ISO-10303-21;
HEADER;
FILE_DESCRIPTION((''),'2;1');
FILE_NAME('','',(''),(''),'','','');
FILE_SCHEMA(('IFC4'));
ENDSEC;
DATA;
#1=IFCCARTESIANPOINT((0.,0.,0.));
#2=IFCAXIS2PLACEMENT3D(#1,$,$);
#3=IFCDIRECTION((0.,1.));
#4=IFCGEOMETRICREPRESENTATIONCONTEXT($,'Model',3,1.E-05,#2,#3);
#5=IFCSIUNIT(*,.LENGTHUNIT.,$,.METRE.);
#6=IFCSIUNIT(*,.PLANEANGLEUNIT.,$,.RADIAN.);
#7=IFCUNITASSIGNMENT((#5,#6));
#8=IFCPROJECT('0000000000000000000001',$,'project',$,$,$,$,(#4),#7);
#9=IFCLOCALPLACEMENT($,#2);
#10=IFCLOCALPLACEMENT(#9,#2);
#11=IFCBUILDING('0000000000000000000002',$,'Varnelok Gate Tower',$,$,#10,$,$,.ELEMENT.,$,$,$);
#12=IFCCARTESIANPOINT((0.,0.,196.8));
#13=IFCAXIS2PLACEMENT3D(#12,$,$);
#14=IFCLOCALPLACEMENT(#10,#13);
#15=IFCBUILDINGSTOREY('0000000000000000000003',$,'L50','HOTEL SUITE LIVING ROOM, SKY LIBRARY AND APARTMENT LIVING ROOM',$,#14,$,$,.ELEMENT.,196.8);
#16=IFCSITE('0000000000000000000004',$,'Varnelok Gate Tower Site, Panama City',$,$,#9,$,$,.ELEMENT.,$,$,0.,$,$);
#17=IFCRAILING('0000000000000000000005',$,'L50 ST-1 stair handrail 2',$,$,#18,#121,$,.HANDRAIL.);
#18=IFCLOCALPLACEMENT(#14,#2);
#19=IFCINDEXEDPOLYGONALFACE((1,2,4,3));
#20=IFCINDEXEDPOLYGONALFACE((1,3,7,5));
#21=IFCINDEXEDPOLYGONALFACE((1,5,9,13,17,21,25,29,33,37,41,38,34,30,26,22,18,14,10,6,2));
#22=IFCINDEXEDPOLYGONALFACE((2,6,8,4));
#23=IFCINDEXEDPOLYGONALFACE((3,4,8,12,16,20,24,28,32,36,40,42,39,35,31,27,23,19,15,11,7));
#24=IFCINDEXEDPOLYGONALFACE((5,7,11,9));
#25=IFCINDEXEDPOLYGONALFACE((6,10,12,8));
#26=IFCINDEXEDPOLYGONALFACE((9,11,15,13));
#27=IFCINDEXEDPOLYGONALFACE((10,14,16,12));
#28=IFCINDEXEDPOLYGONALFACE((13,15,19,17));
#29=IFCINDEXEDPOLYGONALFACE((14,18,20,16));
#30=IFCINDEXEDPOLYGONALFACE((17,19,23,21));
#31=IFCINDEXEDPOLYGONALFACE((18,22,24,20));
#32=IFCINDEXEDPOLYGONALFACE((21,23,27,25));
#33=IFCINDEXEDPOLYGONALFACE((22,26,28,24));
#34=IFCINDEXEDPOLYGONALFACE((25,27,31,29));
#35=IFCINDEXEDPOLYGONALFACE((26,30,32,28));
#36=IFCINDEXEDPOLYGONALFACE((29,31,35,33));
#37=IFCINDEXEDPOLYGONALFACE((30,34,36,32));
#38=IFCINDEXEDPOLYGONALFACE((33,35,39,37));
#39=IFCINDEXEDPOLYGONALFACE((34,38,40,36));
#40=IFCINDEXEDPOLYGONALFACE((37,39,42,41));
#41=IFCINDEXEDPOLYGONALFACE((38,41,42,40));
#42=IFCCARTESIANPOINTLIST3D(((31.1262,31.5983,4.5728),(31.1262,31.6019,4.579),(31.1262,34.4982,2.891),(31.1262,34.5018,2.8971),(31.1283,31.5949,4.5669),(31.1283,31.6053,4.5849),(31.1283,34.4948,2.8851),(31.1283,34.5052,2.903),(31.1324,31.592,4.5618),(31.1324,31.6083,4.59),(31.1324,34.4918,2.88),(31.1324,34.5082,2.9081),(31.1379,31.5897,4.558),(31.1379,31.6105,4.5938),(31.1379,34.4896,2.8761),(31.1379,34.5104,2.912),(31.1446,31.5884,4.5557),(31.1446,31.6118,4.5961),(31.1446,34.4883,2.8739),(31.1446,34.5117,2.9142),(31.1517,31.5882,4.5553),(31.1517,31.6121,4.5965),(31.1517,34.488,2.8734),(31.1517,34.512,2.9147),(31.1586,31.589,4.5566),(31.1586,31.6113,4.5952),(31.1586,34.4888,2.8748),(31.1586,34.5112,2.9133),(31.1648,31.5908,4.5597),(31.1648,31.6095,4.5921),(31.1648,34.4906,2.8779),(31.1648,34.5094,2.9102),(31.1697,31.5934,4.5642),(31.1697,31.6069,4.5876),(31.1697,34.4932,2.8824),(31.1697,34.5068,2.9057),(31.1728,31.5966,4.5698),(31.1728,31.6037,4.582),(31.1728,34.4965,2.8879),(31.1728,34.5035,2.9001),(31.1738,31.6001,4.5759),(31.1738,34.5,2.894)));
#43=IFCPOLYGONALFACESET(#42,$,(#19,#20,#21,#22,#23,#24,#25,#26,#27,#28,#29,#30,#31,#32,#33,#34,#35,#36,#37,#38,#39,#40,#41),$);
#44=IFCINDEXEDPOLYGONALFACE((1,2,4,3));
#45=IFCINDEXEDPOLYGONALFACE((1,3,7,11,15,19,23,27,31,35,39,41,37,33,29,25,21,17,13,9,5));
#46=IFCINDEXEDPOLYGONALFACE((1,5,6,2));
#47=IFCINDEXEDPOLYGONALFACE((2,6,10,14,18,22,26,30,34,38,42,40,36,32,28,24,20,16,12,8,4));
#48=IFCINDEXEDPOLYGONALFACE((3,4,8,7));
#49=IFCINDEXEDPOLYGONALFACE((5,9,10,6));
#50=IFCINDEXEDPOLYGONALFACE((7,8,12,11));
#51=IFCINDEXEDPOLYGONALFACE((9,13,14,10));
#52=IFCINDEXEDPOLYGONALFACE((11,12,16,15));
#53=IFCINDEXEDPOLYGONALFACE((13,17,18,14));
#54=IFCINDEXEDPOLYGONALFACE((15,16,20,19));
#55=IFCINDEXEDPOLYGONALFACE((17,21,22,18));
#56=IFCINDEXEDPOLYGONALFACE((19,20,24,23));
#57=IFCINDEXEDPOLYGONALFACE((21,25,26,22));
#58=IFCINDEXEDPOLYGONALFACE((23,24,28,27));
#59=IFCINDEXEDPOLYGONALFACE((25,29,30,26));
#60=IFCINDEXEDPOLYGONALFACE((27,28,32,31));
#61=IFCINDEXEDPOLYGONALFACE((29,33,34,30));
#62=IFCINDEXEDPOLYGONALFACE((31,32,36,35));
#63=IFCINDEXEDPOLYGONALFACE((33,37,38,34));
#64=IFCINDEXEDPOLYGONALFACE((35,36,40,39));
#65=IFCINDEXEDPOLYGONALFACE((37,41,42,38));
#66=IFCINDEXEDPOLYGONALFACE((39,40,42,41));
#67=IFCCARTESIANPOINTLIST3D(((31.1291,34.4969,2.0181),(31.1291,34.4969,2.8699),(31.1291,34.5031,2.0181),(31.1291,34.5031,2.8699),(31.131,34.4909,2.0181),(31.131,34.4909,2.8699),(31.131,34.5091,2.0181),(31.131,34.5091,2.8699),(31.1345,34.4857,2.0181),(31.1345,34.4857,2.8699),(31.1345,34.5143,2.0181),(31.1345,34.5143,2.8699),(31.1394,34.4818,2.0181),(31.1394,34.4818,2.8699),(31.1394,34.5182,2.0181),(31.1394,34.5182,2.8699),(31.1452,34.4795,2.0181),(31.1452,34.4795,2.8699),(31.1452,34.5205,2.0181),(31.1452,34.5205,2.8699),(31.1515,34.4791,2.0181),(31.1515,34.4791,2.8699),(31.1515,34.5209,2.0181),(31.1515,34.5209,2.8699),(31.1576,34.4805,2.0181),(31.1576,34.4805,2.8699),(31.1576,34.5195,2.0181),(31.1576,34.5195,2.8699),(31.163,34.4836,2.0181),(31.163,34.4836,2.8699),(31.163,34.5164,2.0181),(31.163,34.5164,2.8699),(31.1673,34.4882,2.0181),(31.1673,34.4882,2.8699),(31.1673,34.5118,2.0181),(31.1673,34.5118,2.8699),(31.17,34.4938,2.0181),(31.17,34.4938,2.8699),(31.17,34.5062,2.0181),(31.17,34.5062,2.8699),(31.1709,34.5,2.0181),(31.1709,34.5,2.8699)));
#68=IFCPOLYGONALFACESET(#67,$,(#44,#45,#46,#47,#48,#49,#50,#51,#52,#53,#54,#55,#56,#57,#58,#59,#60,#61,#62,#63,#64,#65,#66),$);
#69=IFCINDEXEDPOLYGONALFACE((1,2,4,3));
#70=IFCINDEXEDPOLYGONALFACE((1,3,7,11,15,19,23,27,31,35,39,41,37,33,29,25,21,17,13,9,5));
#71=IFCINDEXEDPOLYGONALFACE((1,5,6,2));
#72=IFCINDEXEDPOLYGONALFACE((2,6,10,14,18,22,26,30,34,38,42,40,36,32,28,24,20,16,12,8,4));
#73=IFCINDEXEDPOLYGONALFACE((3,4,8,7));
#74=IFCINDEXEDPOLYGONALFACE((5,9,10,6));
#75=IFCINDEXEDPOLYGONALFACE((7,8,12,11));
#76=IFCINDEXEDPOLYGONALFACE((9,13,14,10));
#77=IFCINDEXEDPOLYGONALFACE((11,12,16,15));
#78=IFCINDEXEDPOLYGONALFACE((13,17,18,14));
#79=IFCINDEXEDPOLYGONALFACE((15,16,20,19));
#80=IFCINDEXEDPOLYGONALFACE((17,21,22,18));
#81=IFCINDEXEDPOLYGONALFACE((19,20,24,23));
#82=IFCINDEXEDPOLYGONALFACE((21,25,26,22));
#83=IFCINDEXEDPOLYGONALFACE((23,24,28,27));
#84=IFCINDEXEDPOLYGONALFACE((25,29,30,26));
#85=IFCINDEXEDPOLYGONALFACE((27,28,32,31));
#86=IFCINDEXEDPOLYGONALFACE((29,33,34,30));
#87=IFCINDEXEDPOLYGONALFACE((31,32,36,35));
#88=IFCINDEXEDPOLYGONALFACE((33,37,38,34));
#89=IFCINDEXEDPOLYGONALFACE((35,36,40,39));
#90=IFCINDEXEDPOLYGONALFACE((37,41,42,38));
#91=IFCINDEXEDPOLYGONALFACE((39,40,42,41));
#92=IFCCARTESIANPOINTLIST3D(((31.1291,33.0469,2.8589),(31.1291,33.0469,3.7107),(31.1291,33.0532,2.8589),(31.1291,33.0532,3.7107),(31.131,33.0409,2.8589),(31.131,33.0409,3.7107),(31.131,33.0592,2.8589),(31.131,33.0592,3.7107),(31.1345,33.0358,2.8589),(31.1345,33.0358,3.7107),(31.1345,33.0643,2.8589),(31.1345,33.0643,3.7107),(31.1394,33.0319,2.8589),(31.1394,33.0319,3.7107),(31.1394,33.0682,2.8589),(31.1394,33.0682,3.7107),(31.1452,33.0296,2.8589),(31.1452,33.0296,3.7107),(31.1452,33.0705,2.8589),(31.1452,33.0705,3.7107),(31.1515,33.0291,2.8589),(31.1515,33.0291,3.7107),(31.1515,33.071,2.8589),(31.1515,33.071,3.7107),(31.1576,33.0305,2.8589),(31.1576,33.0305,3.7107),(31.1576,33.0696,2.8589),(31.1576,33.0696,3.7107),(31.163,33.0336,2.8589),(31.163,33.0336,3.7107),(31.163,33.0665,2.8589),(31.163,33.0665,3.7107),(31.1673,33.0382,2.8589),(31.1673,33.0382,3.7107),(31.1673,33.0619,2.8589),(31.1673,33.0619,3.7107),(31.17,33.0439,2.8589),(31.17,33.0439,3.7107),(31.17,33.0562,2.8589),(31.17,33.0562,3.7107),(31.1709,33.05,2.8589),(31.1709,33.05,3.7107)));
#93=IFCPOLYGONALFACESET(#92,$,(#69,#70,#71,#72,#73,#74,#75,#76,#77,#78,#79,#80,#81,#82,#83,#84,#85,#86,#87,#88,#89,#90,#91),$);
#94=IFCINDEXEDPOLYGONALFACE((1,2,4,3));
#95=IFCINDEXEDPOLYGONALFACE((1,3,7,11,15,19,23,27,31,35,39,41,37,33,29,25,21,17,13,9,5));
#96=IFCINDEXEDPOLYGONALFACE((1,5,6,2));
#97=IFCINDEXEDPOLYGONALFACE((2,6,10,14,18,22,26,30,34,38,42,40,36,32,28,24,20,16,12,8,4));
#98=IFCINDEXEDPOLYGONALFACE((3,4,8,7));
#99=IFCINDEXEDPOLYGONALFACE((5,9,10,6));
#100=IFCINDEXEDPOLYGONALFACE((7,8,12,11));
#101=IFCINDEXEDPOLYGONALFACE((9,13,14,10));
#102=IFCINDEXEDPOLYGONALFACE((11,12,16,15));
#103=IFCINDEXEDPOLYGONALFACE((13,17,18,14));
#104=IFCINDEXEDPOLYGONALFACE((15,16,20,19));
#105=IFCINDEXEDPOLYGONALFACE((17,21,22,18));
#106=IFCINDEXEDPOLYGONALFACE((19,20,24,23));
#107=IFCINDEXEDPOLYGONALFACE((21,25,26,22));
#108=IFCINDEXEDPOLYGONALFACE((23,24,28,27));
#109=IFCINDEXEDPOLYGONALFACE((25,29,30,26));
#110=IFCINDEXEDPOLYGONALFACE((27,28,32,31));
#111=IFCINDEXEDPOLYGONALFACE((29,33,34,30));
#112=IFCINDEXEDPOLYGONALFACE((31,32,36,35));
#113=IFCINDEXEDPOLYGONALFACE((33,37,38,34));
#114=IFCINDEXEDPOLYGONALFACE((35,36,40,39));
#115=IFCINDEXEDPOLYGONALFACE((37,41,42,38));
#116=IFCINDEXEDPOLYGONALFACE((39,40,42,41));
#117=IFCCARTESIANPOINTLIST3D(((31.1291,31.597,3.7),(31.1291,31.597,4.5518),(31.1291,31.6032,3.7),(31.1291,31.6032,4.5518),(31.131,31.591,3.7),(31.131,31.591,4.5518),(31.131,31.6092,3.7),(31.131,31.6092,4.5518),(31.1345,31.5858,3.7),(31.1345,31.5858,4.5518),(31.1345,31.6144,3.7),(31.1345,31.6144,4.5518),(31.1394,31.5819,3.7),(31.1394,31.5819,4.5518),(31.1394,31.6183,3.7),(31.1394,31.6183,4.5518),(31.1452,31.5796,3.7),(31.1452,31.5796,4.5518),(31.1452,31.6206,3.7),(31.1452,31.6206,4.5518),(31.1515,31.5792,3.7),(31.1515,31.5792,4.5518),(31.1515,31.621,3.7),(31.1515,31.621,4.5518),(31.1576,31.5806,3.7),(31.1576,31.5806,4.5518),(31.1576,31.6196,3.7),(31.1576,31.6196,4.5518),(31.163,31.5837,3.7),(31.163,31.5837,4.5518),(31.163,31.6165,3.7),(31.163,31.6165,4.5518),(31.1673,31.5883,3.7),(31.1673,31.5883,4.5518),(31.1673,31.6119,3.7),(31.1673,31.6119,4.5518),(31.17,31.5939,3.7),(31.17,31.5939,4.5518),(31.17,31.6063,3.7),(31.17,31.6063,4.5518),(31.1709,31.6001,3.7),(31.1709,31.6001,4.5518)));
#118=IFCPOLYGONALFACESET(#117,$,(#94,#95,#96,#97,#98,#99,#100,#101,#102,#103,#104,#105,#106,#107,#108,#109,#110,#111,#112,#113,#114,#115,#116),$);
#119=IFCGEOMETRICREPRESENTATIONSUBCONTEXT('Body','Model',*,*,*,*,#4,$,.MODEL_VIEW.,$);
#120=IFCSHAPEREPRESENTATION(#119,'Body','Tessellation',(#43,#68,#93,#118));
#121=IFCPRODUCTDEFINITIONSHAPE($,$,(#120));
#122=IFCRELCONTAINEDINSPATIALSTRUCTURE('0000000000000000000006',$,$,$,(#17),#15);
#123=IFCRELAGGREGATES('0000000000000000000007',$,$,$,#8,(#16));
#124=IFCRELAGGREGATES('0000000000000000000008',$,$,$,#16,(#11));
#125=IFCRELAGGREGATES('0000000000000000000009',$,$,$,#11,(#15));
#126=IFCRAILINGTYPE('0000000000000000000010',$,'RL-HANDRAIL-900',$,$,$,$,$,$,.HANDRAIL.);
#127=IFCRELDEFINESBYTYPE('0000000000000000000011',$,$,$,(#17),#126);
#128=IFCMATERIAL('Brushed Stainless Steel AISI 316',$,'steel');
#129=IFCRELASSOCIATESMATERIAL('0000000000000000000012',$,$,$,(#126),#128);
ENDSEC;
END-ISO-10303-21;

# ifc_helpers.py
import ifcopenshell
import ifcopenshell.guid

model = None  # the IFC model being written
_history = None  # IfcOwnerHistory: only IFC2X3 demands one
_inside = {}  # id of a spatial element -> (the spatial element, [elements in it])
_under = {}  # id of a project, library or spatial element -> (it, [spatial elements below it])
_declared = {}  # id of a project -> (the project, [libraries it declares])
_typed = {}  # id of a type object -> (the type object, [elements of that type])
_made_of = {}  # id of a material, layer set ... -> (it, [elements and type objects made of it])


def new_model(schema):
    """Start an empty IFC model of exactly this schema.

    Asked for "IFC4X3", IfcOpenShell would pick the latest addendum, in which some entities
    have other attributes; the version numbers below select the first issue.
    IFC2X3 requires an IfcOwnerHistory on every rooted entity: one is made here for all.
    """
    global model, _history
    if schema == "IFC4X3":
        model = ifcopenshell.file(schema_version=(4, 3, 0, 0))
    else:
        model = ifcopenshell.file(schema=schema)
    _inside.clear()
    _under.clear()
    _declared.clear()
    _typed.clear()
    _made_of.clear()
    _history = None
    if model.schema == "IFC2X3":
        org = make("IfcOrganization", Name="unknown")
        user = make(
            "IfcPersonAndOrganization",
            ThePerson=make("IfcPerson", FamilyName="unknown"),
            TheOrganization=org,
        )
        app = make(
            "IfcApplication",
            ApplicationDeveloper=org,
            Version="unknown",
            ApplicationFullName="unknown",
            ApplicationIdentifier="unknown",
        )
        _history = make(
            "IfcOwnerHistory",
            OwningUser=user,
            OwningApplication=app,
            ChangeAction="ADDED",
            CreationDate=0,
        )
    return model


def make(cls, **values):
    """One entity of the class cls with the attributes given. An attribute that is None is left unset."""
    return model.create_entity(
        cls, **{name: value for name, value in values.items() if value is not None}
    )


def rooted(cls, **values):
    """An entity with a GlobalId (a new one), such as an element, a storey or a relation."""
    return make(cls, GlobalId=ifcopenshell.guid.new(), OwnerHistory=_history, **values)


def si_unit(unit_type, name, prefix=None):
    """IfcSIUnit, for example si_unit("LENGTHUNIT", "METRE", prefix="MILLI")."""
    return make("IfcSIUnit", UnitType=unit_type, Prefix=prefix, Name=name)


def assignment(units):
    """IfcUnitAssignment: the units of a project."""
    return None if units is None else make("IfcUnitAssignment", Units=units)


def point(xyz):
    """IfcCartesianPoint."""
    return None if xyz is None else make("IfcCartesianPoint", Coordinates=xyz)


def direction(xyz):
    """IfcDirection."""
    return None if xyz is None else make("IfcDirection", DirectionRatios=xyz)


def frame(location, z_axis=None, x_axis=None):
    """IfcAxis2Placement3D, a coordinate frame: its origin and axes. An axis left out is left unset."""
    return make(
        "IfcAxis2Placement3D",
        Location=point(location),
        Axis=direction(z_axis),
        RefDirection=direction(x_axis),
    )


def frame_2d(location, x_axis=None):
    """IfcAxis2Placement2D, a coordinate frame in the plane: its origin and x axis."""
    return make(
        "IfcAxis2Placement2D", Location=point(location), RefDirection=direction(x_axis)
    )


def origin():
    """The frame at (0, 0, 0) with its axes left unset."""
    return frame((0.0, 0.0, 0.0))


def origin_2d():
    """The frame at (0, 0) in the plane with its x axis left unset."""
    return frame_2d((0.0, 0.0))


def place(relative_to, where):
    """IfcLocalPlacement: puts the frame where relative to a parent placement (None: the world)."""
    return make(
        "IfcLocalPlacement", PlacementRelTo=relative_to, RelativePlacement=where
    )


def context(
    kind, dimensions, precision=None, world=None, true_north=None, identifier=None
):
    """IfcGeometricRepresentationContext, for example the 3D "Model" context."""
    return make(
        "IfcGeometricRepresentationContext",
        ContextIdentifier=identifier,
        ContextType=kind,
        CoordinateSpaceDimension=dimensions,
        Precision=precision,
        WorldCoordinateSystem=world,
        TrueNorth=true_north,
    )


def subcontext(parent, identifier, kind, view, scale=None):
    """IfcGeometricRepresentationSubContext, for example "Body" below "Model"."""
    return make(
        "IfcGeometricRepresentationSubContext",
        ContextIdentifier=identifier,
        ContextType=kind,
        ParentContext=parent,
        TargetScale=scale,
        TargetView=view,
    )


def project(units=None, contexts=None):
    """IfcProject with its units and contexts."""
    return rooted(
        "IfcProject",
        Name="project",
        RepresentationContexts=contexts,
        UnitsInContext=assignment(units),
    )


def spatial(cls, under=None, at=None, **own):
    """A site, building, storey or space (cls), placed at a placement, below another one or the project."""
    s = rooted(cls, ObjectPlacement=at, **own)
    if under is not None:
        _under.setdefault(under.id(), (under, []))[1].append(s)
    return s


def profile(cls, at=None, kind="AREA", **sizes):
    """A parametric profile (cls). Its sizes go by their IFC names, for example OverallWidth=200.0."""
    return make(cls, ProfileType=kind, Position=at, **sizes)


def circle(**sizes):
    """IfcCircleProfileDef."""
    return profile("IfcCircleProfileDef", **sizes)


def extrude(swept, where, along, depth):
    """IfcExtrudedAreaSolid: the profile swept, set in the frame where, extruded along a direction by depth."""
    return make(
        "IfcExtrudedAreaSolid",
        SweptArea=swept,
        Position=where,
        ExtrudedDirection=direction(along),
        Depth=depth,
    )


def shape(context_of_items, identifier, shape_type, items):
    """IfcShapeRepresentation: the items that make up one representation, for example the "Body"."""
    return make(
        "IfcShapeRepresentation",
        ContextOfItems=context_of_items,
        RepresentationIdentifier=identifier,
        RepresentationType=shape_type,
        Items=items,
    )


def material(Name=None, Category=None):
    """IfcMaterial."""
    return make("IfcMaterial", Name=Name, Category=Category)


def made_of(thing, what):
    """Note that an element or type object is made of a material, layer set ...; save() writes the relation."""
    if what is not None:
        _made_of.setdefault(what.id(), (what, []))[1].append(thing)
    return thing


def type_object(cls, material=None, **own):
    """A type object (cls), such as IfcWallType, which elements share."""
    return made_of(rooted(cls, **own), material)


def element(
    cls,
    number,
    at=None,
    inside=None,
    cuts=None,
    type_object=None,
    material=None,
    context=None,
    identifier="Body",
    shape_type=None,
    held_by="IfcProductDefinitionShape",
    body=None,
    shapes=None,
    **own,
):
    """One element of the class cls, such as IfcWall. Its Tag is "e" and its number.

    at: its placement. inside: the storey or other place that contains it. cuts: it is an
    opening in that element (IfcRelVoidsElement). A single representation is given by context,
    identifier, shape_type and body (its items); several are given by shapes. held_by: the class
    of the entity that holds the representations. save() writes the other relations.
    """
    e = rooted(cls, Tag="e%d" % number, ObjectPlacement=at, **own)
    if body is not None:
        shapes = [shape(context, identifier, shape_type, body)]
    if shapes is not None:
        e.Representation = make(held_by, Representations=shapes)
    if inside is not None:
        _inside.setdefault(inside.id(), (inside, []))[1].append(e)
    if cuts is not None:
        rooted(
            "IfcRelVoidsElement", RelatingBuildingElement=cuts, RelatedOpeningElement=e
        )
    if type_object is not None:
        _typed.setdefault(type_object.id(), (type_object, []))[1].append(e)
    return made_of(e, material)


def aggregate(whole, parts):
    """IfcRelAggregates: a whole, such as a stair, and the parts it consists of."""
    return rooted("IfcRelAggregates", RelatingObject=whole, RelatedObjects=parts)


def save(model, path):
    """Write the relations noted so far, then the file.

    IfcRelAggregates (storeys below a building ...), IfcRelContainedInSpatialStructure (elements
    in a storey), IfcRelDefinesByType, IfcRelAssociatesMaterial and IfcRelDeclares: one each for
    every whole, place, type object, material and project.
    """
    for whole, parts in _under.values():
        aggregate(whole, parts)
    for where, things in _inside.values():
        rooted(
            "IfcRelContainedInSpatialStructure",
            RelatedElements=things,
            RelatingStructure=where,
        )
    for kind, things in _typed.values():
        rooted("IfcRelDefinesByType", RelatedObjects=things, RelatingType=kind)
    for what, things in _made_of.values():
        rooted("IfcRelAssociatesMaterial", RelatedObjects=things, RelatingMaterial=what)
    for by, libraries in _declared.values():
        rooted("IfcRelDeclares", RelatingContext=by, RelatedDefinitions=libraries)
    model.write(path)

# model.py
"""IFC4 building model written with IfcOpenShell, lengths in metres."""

from ifc_helpers import new_model, si_unit, direction, frame, origin, origin_2d, place, context, subcontext, project, spatial, circle, extrude, material, type_object, element, save


model = new_model("IFC4")

# Units and contexts
model_context = context("Model", 3, precision=1e-05, world=origin(), true_north=direction((0.0, 1.0)))
body_context = subcontext(model_context, "Body", "Model", "MODEL_VIEW")
ifc_project = project(units=[si_unit("LENGTHUNIT", "METRE"), si_unit("PLANEANGLEUNIT", "RADIAN")], contexts=[model_context])

# Site, building, storey
site_placement = place(None, origin())
site = spatial("IfcSite", under=ifc_project, at=site_placement, Name="Varnelok Gate Tower Site, Panama City", CompositionType="ELEMENT", RefElevation=0.0)
building_placement = place(site_placement, origin())
building = spatial("IfcBuilding", under=site, at=building_placement, Name="Varnelok Gate Tower", CompositionType="ELEMENT")
storey_placement = place(building_placement, frame((0.0, 0.0, 196.8)))
storey = spatial("IfcBuildingStorey", under=building, at=storey_placement, Name="L50", Description="HOTEL SUITE LIVING ROOM, SKY LIBRARY AND APARTMENT LIVING ROOM", CompositionType="ELEMENT", Elevation=196.8)

# Railing
ifc_material_1 = material(Name="Brushed Stainless Steel AISI 316", Category="steel")
railing_type_1 = type_object("IfcRailingType", Name="RL-HANDRAIL-900", PredefinedType="HANDRAIL", material=ifc_material_1)
railing_1_placement = place(storey_placement, frame((31.1499, 34.5, 2.0181)))
element("IfcRailing", 1, at=railing_1_placement, inside=storey, type_object=railing_type_1, Name="L50 ST-1 stair handrail 2", PredefinedType="HANDRAIL", context=body_context, shape_type="SweptSolid", body=[
    extrude(circle(Radius=0.0239, at=origin_2d()), frame((0.0, 0.0, 0.876), z_axis=(0.0, -0.865039, 0.501705), x_axis=(1.0, 0.0, 0.0)), (0.0, 0.0, 1.0), 3.3523),
    extrude(circle(Radius=0.021, at=origin_2d()), origin(), (0.0, 0.0, 1.0), 0.8518),
    extrude(circle(Radius=0.021, at=origin_2d()), frame((0.0, -1.45, 0.8408)), (0.0, 0.0, 1.0), 0.8518),
    extrude(circle(Radius=0.021, at=origin_2d()), frame((0.0, -2.8999, 1.6819)), (0.0, 0.0, 1.0), 0.8518),
])

save(model, "model.ifc")
